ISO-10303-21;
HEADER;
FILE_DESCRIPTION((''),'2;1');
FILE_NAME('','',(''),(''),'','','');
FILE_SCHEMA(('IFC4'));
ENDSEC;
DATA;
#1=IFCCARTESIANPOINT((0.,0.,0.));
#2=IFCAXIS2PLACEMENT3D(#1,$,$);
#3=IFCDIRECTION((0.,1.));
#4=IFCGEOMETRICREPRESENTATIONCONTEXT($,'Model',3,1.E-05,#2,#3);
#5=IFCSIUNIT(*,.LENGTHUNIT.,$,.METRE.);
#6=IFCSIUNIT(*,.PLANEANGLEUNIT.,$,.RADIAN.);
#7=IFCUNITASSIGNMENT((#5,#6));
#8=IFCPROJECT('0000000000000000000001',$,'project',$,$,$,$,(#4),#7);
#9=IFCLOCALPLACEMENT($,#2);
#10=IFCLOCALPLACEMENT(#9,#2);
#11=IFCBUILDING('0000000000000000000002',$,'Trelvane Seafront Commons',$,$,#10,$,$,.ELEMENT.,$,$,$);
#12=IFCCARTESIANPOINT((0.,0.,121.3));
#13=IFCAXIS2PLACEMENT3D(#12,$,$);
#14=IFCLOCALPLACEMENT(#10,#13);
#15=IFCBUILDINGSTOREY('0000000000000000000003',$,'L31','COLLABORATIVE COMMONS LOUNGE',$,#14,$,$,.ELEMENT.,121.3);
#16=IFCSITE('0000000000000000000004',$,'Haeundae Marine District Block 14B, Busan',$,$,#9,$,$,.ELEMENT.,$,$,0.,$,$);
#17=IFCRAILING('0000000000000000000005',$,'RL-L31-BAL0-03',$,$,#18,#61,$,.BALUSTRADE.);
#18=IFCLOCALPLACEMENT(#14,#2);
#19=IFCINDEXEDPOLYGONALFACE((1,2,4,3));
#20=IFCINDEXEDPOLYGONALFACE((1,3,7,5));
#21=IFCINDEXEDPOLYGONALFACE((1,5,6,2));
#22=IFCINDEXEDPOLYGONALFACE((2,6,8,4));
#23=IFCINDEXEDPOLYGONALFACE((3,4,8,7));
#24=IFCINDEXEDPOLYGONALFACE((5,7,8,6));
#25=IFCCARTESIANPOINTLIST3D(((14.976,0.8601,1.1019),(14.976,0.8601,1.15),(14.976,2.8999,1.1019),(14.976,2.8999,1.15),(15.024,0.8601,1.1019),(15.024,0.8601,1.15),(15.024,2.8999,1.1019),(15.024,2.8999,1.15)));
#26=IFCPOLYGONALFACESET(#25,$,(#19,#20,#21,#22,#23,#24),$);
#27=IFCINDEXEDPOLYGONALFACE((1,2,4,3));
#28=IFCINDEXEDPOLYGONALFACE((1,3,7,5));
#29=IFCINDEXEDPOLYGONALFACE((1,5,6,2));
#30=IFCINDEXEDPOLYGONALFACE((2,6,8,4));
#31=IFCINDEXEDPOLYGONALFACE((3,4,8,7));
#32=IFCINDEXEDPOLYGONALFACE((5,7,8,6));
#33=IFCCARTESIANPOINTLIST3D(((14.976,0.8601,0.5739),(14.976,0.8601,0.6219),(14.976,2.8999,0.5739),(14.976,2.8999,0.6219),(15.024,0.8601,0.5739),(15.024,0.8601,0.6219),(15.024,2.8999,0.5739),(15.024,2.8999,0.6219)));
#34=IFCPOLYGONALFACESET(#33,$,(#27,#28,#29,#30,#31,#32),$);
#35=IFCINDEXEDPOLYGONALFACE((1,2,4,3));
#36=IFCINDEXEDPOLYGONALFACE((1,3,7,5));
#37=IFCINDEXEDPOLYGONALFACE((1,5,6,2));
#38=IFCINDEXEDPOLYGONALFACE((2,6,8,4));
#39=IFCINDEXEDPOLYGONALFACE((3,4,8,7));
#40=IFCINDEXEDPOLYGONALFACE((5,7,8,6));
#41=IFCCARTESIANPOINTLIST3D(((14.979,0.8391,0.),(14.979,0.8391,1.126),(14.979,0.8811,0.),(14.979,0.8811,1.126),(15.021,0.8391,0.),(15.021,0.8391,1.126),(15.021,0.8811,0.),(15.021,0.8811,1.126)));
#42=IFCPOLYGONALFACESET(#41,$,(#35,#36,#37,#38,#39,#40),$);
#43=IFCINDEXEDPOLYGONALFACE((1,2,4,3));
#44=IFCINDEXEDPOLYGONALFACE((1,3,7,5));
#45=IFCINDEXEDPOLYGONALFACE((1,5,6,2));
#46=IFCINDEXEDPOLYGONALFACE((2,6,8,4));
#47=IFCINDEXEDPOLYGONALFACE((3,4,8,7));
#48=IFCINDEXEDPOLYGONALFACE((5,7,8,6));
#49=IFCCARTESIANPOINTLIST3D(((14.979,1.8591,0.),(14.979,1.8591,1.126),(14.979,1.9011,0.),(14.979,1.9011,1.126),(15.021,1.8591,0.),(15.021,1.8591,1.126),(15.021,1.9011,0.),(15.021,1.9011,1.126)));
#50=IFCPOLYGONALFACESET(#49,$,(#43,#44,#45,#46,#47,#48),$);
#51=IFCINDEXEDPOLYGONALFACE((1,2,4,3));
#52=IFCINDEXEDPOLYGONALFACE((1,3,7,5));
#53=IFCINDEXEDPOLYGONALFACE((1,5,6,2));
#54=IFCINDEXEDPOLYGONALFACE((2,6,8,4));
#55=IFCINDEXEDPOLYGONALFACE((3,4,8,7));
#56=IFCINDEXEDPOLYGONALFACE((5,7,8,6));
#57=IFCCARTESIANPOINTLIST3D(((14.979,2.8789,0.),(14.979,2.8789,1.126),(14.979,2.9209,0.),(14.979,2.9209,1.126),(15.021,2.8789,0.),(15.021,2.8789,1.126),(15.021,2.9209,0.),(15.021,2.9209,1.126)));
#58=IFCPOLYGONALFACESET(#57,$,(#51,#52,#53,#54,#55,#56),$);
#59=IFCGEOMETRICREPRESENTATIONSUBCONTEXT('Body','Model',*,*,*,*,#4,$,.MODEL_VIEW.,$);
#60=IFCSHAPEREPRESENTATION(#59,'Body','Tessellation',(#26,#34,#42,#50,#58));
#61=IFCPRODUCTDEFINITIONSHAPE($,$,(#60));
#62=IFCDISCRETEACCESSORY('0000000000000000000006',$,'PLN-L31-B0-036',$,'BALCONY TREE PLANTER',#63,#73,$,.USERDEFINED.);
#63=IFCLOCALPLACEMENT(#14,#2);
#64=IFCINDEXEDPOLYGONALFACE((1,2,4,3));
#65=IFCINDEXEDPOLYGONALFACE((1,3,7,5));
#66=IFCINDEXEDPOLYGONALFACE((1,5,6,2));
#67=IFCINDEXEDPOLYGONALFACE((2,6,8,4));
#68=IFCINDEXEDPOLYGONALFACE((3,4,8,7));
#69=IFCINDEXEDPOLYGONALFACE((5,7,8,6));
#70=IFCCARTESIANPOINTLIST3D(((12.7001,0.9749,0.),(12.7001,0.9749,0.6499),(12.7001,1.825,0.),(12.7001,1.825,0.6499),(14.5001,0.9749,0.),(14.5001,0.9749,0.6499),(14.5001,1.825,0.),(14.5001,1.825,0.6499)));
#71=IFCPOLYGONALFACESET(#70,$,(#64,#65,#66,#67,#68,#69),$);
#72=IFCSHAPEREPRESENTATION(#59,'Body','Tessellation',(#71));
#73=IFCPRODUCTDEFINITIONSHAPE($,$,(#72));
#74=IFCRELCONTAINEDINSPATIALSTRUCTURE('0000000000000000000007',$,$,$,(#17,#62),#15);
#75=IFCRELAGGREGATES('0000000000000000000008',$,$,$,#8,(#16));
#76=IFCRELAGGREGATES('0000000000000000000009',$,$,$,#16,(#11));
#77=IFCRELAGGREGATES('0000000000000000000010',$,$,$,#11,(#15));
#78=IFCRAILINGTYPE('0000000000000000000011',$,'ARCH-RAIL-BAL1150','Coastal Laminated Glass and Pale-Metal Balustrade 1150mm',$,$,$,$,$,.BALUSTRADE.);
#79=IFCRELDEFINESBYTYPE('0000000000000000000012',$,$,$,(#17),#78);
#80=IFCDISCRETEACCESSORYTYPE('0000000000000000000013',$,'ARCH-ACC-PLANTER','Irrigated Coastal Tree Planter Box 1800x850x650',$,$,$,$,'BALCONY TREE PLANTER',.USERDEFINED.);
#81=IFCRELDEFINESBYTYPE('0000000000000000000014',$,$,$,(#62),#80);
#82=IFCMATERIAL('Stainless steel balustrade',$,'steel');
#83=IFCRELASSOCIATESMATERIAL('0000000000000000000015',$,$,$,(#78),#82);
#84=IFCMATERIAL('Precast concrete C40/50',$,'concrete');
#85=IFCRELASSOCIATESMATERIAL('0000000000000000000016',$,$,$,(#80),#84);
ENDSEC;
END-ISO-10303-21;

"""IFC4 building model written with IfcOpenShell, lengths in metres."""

from ifc_helpers import new_model, si_unit, direction, frame, origin, origin_2d, place, context, subcontext, project, spatial, rectangle, extrude, source, transform, mapped, material, type_object, element, save


model = new_model("IFC4")

# Units and contexts
model_context = context("Model", 3, precision=1e-05, world=origin(), true_north=direction((0.0, 1.0)))
body_context = subcontext(model_context, "Body", "Model", "MODEL_VIEW")
ifc_project = project(units=[si_unit("LENGTHUNIT", "METRE"), si_unit("PLANEANGLEUNIT", "RADIAN")], contexts=[model_context])

# Site, building, storey
site_placement = place(None, origin())
site = spatial("IfcSite", under=ifc_project, at=site_placement, Name="Haeundae Marine District Block 14B, Busan", CompositionType="ELEMENT", RefElevation=0.0)
building_placement = place(site_placement, origin())
building = spatial("IfcBuilding", under=site, at=building_placement, Name="Trelvane Seafront Commons", CompositionType="ELEMENT")
storey_placement = place(building_placement, frame((0.0, 0.0, 121.3)))
storey = spatial("IfcBuildingStorey", under=building, at=storey_placement, Name="L31", Description="COLLABORATIVE COMMONS LOUNGE", CompositionType="ELEMENT", Elevation=121.3)

# Shared definitions
ifc_material_1 = material(Name="Precast concrete C40/50", Category="concrete")

# Railing
ifc_material_2 = material(Name="Stainless steel balustrade", Category="steel")
railing_type = type_object("IfcRailingType", Name="ARCH-RAIL-BAL1150", Description="Coastal Laminated Glass and Pale-Metal Balustrade 1150mm", PredefinedType="BALUSTRADE", material=ifc_material_2)
railing_1_placement = place(storey_placement, frame((15.0, 0.8601, 0.0)))
element("IfcRailing", 1, at=railing_1_placement, inside=storey, type_object=railing_type, Name="RL-L31-BAL0-03", PredefinedType="BALUSTRADE", context=body_context, shape_type="SweptSolid", body=[
    extrude(rectangle(XDim=0.0481, YDim=0.0481, at=origin_2d()), frame((0.0, 0.0, 1.126), z_axis=(0.0, 1.0, 0.0), x_axis=(-1.0, 0.0, 0.0)), (0.0, 0.0, 1.0), 2.0398),
    extrude(rectangle(XDim=0.0481, YDim=0.0481, at=origin_2d()), frame((0.0, 0.0, 0.5979), z_axis=(0.0, 1.0, 0.0), x_axis=(-1.0, 0.0, 0.0)), (0.0, 0.0, 1.0), 2.0398),
    extrude(rectangle(XDim=0.042, YDim=0.042, at=origin_2d()), origin(), (0.0, 0.0, 1.0), 1.126),
    extrude(rectangle(XDim=0.042, YDim=0.042, at=origin_2d()), frame((0.0, 1.02, 0.0)), (0.0, 0.0, 1.0), 1.126),
    extrude(rectangle(XDim=0.042, YDim=0.042, at=origin_2d()), frame((0.0, 2.0398, 0.0)), (0.0, 0.0, 1.0), 1.126),
])

# Discrete accessory
discrete_accessory_type = type_object("IfcDiscreteAccessoryType", Name="ARCH-ACC-PLANTER", Description="Irrigated Coastal Tree Planter Box 1800x850x650", ElementType="BALCONY TREE PLANTER", PredefinedType="USERDEFINED", material=ifc_material_1)
shared_shape_1 = source(origin(), body_context, "Body", "SweptSolid", [
    extrude(rectangle(XDim=1.8, YDim=0.8501, at=origin_2d()), origin(), (0.0, 0.0, 1.0), 0.6499),
])
discrete_accessory_placement = place(storey_placement, frame((13.6001, 1.3999, 0.0), z_axis=(0.0, 0.0, 1.0), x_axis=(1.0, 0.0, 0.0)))
element("IfcDiscreteAccessory", 2, at=discrete_accessory_placement, inside=storey, type_object=discrete_accessory_type, Name="PLN-L31-B0-036", ObjectType="BALCONY TREE PLANTER", PredefinedType="USERDEFINED", context=body_context, shape_type="MappedRepresentation", body=[
    mapped(shared_shape_1, transform((0.0, 0.0, 0.0), x_axis=(1.0, 0.0, 0.0), y_axis=(0.0, 1.0, 0.0), z_axis=(0.0, 0.0, 1.0), scale=1.0)),
])

save(model, "model.ifc")
